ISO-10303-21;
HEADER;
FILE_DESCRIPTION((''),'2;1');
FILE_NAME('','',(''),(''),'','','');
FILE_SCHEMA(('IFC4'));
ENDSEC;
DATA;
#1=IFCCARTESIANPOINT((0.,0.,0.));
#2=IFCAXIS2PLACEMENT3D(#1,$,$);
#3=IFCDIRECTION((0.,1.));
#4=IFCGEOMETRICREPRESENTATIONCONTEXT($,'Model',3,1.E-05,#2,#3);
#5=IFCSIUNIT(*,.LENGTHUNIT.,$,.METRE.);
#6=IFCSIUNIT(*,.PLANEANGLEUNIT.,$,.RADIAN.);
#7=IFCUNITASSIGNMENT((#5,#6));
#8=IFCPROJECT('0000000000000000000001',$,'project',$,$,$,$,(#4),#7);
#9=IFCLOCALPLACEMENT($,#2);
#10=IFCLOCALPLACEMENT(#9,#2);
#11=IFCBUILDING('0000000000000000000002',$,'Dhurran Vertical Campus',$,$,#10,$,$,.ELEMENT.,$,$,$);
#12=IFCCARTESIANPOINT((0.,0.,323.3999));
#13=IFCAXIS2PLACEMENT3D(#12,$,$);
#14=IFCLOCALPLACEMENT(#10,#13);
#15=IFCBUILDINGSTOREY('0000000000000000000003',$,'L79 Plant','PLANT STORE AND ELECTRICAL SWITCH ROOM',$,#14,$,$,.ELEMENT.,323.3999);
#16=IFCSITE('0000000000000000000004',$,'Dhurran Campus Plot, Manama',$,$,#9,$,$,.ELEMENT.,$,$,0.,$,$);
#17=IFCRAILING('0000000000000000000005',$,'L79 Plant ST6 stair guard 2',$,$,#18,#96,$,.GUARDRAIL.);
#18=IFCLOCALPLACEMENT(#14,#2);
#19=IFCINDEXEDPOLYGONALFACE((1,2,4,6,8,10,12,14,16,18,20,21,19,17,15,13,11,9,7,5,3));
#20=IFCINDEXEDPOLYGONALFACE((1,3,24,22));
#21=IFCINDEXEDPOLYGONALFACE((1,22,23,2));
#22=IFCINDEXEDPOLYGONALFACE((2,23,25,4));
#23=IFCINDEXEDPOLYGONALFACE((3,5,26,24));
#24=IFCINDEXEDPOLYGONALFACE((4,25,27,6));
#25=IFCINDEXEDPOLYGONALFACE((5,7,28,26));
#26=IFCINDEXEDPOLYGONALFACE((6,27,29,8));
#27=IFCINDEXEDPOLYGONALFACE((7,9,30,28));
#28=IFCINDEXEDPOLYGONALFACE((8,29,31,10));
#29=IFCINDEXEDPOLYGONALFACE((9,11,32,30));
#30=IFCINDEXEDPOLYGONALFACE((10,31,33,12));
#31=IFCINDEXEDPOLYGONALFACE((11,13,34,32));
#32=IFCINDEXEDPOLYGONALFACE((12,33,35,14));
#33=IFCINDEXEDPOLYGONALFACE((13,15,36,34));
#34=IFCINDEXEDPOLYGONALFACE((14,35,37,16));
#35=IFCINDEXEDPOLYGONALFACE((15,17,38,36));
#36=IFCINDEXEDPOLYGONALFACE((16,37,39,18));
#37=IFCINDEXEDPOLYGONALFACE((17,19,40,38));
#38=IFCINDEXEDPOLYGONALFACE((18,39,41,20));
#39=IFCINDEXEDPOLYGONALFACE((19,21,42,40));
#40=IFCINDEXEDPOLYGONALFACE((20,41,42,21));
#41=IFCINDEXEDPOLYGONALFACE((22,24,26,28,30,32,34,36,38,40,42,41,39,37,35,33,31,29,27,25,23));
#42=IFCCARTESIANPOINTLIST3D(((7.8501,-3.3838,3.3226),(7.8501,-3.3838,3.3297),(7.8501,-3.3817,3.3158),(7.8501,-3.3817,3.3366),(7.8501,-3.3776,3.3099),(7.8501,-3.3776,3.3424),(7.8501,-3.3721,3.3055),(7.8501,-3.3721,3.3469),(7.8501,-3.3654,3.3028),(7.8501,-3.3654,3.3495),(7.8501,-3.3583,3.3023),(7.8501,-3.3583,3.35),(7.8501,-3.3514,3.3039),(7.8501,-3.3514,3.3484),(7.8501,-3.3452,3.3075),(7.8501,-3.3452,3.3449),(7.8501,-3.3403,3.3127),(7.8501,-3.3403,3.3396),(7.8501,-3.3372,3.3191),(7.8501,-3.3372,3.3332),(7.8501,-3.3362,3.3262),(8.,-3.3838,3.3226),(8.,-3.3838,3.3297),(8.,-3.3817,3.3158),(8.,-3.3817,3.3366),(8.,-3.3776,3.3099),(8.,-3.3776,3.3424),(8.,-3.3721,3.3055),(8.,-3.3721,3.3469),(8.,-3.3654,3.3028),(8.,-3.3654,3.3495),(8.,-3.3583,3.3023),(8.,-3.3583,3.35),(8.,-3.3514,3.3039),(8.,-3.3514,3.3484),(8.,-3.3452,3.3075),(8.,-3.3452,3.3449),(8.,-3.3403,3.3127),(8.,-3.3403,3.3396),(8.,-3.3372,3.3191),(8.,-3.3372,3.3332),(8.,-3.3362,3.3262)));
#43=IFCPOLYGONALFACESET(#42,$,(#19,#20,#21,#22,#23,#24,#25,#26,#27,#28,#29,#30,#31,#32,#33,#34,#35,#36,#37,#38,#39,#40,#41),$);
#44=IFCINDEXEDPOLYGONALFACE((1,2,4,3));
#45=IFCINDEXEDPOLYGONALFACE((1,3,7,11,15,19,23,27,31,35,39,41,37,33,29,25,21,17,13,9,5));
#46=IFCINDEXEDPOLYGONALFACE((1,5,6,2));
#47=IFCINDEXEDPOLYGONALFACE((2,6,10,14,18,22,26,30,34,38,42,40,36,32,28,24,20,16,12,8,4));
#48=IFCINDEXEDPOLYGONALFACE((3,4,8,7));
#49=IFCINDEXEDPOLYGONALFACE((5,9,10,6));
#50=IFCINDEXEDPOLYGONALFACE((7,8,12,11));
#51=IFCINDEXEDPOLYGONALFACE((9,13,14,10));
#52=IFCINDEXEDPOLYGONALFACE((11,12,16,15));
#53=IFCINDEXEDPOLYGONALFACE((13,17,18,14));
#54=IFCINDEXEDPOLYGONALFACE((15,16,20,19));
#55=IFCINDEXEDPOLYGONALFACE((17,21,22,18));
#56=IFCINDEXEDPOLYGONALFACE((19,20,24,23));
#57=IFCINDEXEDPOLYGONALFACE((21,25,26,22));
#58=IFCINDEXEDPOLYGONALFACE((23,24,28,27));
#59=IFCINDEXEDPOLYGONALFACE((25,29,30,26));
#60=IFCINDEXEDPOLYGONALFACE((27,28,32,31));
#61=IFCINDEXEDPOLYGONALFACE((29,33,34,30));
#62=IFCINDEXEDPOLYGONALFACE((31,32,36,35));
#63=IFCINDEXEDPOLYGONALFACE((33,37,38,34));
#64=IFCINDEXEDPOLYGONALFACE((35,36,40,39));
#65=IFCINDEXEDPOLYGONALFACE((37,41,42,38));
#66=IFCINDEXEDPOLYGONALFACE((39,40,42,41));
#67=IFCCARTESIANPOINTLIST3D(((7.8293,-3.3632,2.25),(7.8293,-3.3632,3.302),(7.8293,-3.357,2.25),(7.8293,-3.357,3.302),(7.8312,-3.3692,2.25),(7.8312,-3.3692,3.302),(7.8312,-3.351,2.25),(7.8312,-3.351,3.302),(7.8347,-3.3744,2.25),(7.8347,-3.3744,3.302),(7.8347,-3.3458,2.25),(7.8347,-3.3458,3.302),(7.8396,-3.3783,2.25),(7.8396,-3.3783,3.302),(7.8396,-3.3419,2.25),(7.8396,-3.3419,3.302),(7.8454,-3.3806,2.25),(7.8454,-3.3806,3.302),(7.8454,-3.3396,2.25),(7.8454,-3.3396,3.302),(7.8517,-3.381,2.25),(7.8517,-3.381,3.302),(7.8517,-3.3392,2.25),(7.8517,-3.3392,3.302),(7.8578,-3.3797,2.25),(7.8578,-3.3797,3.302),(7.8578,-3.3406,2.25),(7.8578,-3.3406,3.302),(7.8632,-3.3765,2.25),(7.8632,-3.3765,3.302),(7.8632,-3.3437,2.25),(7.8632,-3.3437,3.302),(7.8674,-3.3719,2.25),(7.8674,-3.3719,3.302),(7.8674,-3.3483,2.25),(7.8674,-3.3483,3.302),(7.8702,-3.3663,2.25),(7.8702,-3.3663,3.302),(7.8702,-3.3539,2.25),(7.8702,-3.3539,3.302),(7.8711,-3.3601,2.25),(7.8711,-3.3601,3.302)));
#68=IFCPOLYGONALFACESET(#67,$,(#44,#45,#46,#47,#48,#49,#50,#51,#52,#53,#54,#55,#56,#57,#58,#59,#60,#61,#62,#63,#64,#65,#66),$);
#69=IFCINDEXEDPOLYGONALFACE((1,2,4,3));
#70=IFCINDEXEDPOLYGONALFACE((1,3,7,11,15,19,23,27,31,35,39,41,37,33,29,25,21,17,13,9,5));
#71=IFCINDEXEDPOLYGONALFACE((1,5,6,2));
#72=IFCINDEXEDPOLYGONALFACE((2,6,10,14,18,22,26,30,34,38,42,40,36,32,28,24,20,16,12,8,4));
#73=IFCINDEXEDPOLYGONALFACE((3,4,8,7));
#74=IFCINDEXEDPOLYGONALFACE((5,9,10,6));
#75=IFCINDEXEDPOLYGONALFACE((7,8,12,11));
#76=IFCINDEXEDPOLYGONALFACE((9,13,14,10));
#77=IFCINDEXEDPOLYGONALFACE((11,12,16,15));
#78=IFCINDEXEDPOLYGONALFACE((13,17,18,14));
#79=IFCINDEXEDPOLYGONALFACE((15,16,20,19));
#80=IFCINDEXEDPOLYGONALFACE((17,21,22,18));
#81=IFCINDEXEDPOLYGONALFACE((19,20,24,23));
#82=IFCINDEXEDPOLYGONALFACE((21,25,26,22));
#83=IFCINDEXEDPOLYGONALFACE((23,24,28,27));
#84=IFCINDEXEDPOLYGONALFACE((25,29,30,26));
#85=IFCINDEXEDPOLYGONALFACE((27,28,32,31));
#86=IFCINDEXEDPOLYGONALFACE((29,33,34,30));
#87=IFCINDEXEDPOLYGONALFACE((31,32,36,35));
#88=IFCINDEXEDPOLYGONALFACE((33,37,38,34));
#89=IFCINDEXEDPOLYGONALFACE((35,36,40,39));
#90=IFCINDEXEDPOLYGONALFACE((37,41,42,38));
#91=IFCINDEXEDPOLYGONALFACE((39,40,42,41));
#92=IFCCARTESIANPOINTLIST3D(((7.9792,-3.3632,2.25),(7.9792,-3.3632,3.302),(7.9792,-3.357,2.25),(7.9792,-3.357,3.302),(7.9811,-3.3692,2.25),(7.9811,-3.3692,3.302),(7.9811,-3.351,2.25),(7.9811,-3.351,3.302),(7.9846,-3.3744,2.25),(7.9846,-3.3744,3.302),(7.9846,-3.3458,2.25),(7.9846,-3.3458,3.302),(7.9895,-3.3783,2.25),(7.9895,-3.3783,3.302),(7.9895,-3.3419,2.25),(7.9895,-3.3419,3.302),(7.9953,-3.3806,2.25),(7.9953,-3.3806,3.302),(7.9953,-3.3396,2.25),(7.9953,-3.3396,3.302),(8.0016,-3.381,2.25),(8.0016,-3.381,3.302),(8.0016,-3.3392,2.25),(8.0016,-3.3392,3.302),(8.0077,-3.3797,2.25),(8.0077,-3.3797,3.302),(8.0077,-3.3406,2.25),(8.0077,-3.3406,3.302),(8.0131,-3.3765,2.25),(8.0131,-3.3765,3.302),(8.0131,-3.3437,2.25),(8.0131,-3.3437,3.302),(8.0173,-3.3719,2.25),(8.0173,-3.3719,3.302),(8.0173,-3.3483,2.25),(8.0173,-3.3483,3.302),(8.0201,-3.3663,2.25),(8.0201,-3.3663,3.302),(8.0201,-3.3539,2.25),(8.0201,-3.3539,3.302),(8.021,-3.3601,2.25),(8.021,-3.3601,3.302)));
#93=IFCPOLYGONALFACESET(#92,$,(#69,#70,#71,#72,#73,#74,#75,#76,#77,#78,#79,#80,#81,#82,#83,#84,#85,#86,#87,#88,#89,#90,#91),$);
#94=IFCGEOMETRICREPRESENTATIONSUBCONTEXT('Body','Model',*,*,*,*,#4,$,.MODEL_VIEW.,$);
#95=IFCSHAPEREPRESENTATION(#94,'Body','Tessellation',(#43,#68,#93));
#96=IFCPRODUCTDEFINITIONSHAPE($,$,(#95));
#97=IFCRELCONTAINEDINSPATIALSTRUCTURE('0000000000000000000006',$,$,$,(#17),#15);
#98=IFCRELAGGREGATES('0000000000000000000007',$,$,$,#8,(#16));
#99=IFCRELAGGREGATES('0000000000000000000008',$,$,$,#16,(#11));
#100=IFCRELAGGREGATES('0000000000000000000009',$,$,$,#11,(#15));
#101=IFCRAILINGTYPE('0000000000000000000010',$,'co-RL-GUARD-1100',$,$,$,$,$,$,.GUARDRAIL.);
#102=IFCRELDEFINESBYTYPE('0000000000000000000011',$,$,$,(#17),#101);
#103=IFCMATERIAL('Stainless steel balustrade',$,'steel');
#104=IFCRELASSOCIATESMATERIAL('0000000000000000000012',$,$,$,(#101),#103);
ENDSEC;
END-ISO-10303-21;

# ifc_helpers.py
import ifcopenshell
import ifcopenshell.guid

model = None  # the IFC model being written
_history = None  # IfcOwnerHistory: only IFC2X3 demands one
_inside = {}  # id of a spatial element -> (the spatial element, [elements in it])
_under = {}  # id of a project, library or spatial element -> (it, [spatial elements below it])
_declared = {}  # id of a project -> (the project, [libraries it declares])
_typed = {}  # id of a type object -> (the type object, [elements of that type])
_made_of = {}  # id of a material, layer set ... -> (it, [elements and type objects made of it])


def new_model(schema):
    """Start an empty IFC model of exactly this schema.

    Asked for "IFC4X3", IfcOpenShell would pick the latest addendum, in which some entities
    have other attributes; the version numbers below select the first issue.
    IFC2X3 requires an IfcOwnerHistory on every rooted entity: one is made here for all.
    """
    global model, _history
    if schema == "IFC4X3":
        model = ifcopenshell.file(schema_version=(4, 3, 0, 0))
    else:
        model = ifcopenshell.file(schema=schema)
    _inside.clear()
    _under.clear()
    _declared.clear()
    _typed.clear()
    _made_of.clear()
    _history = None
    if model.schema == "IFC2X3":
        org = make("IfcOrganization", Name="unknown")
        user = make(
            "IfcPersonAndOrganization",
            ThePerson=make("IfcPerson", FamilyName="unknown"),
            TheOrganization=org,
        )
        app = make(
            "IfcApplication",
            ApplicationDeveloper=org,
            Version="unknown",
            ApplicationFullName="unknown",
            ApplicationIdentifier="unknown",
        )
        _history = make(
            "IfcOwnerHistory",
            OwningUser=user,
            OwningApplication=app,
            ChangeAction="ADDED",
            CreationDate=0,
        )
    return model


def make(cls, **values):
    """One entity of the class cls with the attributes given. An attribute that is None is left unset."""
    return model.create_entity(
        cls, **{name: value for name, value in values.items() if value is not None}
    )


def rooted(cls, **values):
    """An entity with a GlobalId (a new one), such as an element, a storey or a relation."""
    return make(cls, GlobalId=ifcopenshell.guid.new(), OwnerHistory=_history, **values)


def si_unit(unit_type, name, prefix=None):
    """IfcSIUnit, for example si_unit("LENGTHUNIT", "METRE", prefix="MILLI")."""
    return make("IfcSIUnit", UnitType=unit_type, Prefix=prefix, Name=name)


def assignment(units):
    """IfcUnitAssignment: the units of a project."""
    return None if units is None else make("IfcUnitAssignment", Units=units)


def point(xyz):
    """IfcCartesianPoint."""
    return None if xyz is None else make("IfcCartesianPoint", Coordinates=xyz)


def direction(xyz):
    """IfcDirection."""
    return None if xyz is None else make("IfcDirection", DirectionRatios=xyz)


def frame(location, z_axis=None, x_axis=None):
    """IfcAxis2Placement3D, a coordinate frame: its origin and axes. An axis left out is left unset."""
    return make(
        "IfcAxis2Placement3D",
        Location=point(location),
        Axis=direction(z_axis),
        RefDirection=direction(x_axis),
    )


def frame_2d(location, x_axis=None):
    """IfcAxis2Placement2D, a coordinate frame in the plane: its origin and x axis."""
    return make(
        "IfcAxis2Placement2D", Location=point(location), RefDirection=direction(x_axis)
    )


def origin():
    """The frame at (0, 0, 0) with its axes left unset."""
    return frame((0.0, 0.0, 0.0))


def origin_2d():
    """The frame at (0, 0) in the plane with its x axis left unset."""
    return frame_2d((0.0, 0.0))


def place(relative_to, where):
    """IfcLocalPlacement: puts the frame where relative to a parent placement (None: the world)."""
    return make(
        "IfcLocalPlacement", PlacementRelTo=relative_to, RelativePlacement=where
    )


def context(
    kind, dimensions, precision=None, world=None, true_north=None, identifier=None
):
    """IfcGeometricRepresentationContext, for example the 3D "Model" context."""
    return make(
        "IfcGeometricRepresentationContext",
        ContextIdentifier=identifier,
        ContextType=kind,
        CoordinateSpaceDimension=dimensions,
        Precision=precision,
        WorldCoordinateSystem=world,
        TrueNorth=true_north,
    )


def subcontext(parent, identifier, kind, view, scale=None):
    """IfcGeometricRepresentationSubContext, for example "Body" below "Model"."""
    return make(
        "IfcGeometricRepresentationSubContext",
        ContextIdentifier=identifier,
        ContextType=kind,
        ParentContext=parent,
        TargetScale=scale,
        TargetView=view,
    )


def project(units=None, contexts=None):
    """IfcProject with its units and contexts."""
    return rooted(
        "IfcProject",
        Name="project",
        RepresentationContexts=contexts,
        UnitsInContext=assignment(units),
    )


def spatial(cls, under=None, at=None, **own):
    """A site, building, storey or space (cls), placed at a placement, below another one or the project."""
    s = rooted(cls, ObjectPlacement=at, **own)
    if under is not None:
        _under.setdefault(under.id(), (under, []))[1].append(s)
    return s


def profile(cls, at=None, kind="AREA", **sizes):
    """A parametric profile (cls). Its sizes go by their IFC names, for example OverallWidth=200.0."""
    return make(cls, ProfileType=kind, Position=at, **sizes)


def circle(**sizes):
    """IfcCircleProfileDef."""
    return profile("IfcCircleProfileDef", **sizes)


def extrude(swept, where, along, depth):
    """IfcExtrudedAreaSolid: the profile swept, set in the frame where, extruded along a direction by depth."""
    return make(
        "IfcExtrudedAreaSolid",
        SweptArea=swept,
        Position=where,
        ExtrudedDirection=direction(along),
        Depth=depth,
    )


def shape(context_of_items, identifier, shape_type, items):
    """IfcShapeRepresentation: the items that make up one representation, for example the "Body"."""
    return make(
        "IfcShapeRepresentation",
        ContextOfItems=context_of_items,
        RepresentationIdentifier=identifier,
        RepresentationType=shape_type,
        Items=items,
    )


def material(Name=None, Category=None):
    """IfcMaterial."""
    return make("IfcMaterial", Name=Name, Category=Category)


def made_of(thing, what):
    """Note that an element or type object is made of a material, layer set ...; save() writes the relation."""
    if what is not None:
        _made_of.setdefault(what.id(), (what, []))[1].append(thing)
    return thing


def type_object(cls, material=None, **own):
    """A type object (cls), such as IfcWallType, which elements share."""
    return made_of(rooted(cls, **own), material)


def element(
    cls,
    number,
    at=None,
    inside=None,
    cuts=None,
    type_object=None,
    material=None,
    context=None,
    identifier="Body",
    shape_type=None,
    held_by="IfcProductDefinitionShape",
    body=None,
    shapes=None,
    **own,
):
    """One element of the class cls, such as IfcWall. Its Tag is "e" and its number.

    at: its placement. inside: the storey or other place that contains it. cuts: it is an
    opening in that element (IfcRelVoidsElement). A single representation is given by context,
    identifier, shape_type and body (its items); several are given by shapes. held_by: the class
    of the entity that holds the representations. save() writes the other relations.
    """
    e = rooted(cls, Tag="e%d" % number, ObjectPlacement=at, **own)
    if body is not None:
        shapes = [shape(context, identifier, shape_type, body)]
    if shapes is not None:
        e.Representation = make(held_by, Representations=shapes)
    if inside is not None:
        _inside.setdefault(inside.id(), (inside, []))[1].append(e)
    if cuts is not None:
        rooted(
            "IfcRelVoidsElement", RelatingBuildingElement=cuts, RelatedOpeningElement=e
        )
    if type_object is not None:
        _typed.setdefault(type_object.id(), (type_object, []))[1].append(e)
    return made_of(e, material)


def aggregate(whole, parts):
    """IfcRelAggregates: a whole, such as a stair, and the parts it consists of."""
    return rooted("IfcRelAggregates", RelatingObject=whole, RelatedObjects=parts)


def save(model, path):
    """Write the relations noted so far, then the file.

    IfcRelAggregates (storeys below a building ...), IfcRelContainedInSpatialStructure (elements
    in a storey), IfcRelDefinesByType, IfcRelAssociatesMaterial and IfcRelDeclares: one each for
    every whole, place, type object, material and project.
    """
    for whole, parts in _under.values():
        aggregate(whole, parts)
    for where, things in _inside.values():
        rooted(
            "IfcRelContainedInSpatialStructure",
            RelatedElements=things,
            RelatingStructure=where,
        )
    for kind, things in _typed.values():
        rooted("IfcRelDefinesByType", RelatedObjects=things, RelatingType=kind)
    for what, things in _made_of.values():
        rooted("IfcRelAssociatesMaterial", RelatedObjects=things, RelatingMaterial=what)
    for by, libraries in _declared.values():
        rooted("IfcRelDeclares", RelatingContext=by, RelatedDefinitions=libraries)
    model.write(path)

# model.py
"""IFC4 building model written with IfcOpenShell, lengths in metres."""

from ifc_helpers import new_model, si_unit, direction, frame, origin, origin_2d, place, context, subcontext, project, spatial, circle, extrude, material, type_object, element, save


model = new_model("IFC4")

# Units and contexts
model_context = context("Model", 3, precision=1e-05, world=origin(), true_north=direction((0.0, 1.0)))
body_context = subcontext(model_context, "Body", "Model", "MODEL_VIEW")
ifc_project = project(units=[si_unit("LENGTHUNIT", "METRE"), si_unit("PLANEANGLEUNIT", "RADIAN")], contexts=[model_context])

# Site, building, storey
site_placement = place(None, origin())
site = spatial("IfcSite", under=ifc_project, at=site_placement, Name="Dhurran Campus Plot, Manama", CompositionType="ELEMENT", RefElevation=0.0)
building_placement = place(site_placement, origin())
building = spatial("IfcBuilding", under=site, at=building_placement, Name="Dhurran Vertical Campus", CompositionType="ELEMENT")
storey_placement = place(building_placement, frame((0.0, 0.0, 323.3999)))
storey = spatial("IfcBuildingStorey", under=building, at=storey_placement, Name="L79 Plant", Description="PLANT STORE AND ELECTRICAL SWITCH ROOM", CompositionType="ELEMENT", Elevation=323.3999)

# Railing
ifc_material_1 = material(Name="Stainless steel balustrade", Category="steel")
railing_type = type_object("IfcRailingType", Name="co-RL-GUARD-1100", PredefinedType="GUARDRAIL", material=ifc_material_1)
railing_1_placement = place(storey_placement, frame((7.8501, -3.3601, 2.25)))
element("IfcRailing", 1, at=railing_1_placement, inside=storey, type_object=railing_type, Name="L79 Plant ST6 stair guard 2", PredefinedType="GUARDRAIL", context=body_context, shape_type="SweptSolid", body=[
    extrude(circle(Radius=0.0239, at=origin_2d()), frame((0.0, 0.0, 1.0762), z_axis=(1.0, 0.0, 0.0), x_axis=(0.0, 1.0, 0.0)), (0.0, 0.0, 1.0), 0.1499),
    extrude(circle(Radius=0.021, at=origin_2d()), origin(), (0.0, 0.0, 1.0), 1.052),
    extrude(circle(Radius=0.021, at=origin_2d()), frame((0.1499, 0.0, 0.0)), (0.0, 0.0, 1.0), 1.052),
])

save(model, "model.ifc")
